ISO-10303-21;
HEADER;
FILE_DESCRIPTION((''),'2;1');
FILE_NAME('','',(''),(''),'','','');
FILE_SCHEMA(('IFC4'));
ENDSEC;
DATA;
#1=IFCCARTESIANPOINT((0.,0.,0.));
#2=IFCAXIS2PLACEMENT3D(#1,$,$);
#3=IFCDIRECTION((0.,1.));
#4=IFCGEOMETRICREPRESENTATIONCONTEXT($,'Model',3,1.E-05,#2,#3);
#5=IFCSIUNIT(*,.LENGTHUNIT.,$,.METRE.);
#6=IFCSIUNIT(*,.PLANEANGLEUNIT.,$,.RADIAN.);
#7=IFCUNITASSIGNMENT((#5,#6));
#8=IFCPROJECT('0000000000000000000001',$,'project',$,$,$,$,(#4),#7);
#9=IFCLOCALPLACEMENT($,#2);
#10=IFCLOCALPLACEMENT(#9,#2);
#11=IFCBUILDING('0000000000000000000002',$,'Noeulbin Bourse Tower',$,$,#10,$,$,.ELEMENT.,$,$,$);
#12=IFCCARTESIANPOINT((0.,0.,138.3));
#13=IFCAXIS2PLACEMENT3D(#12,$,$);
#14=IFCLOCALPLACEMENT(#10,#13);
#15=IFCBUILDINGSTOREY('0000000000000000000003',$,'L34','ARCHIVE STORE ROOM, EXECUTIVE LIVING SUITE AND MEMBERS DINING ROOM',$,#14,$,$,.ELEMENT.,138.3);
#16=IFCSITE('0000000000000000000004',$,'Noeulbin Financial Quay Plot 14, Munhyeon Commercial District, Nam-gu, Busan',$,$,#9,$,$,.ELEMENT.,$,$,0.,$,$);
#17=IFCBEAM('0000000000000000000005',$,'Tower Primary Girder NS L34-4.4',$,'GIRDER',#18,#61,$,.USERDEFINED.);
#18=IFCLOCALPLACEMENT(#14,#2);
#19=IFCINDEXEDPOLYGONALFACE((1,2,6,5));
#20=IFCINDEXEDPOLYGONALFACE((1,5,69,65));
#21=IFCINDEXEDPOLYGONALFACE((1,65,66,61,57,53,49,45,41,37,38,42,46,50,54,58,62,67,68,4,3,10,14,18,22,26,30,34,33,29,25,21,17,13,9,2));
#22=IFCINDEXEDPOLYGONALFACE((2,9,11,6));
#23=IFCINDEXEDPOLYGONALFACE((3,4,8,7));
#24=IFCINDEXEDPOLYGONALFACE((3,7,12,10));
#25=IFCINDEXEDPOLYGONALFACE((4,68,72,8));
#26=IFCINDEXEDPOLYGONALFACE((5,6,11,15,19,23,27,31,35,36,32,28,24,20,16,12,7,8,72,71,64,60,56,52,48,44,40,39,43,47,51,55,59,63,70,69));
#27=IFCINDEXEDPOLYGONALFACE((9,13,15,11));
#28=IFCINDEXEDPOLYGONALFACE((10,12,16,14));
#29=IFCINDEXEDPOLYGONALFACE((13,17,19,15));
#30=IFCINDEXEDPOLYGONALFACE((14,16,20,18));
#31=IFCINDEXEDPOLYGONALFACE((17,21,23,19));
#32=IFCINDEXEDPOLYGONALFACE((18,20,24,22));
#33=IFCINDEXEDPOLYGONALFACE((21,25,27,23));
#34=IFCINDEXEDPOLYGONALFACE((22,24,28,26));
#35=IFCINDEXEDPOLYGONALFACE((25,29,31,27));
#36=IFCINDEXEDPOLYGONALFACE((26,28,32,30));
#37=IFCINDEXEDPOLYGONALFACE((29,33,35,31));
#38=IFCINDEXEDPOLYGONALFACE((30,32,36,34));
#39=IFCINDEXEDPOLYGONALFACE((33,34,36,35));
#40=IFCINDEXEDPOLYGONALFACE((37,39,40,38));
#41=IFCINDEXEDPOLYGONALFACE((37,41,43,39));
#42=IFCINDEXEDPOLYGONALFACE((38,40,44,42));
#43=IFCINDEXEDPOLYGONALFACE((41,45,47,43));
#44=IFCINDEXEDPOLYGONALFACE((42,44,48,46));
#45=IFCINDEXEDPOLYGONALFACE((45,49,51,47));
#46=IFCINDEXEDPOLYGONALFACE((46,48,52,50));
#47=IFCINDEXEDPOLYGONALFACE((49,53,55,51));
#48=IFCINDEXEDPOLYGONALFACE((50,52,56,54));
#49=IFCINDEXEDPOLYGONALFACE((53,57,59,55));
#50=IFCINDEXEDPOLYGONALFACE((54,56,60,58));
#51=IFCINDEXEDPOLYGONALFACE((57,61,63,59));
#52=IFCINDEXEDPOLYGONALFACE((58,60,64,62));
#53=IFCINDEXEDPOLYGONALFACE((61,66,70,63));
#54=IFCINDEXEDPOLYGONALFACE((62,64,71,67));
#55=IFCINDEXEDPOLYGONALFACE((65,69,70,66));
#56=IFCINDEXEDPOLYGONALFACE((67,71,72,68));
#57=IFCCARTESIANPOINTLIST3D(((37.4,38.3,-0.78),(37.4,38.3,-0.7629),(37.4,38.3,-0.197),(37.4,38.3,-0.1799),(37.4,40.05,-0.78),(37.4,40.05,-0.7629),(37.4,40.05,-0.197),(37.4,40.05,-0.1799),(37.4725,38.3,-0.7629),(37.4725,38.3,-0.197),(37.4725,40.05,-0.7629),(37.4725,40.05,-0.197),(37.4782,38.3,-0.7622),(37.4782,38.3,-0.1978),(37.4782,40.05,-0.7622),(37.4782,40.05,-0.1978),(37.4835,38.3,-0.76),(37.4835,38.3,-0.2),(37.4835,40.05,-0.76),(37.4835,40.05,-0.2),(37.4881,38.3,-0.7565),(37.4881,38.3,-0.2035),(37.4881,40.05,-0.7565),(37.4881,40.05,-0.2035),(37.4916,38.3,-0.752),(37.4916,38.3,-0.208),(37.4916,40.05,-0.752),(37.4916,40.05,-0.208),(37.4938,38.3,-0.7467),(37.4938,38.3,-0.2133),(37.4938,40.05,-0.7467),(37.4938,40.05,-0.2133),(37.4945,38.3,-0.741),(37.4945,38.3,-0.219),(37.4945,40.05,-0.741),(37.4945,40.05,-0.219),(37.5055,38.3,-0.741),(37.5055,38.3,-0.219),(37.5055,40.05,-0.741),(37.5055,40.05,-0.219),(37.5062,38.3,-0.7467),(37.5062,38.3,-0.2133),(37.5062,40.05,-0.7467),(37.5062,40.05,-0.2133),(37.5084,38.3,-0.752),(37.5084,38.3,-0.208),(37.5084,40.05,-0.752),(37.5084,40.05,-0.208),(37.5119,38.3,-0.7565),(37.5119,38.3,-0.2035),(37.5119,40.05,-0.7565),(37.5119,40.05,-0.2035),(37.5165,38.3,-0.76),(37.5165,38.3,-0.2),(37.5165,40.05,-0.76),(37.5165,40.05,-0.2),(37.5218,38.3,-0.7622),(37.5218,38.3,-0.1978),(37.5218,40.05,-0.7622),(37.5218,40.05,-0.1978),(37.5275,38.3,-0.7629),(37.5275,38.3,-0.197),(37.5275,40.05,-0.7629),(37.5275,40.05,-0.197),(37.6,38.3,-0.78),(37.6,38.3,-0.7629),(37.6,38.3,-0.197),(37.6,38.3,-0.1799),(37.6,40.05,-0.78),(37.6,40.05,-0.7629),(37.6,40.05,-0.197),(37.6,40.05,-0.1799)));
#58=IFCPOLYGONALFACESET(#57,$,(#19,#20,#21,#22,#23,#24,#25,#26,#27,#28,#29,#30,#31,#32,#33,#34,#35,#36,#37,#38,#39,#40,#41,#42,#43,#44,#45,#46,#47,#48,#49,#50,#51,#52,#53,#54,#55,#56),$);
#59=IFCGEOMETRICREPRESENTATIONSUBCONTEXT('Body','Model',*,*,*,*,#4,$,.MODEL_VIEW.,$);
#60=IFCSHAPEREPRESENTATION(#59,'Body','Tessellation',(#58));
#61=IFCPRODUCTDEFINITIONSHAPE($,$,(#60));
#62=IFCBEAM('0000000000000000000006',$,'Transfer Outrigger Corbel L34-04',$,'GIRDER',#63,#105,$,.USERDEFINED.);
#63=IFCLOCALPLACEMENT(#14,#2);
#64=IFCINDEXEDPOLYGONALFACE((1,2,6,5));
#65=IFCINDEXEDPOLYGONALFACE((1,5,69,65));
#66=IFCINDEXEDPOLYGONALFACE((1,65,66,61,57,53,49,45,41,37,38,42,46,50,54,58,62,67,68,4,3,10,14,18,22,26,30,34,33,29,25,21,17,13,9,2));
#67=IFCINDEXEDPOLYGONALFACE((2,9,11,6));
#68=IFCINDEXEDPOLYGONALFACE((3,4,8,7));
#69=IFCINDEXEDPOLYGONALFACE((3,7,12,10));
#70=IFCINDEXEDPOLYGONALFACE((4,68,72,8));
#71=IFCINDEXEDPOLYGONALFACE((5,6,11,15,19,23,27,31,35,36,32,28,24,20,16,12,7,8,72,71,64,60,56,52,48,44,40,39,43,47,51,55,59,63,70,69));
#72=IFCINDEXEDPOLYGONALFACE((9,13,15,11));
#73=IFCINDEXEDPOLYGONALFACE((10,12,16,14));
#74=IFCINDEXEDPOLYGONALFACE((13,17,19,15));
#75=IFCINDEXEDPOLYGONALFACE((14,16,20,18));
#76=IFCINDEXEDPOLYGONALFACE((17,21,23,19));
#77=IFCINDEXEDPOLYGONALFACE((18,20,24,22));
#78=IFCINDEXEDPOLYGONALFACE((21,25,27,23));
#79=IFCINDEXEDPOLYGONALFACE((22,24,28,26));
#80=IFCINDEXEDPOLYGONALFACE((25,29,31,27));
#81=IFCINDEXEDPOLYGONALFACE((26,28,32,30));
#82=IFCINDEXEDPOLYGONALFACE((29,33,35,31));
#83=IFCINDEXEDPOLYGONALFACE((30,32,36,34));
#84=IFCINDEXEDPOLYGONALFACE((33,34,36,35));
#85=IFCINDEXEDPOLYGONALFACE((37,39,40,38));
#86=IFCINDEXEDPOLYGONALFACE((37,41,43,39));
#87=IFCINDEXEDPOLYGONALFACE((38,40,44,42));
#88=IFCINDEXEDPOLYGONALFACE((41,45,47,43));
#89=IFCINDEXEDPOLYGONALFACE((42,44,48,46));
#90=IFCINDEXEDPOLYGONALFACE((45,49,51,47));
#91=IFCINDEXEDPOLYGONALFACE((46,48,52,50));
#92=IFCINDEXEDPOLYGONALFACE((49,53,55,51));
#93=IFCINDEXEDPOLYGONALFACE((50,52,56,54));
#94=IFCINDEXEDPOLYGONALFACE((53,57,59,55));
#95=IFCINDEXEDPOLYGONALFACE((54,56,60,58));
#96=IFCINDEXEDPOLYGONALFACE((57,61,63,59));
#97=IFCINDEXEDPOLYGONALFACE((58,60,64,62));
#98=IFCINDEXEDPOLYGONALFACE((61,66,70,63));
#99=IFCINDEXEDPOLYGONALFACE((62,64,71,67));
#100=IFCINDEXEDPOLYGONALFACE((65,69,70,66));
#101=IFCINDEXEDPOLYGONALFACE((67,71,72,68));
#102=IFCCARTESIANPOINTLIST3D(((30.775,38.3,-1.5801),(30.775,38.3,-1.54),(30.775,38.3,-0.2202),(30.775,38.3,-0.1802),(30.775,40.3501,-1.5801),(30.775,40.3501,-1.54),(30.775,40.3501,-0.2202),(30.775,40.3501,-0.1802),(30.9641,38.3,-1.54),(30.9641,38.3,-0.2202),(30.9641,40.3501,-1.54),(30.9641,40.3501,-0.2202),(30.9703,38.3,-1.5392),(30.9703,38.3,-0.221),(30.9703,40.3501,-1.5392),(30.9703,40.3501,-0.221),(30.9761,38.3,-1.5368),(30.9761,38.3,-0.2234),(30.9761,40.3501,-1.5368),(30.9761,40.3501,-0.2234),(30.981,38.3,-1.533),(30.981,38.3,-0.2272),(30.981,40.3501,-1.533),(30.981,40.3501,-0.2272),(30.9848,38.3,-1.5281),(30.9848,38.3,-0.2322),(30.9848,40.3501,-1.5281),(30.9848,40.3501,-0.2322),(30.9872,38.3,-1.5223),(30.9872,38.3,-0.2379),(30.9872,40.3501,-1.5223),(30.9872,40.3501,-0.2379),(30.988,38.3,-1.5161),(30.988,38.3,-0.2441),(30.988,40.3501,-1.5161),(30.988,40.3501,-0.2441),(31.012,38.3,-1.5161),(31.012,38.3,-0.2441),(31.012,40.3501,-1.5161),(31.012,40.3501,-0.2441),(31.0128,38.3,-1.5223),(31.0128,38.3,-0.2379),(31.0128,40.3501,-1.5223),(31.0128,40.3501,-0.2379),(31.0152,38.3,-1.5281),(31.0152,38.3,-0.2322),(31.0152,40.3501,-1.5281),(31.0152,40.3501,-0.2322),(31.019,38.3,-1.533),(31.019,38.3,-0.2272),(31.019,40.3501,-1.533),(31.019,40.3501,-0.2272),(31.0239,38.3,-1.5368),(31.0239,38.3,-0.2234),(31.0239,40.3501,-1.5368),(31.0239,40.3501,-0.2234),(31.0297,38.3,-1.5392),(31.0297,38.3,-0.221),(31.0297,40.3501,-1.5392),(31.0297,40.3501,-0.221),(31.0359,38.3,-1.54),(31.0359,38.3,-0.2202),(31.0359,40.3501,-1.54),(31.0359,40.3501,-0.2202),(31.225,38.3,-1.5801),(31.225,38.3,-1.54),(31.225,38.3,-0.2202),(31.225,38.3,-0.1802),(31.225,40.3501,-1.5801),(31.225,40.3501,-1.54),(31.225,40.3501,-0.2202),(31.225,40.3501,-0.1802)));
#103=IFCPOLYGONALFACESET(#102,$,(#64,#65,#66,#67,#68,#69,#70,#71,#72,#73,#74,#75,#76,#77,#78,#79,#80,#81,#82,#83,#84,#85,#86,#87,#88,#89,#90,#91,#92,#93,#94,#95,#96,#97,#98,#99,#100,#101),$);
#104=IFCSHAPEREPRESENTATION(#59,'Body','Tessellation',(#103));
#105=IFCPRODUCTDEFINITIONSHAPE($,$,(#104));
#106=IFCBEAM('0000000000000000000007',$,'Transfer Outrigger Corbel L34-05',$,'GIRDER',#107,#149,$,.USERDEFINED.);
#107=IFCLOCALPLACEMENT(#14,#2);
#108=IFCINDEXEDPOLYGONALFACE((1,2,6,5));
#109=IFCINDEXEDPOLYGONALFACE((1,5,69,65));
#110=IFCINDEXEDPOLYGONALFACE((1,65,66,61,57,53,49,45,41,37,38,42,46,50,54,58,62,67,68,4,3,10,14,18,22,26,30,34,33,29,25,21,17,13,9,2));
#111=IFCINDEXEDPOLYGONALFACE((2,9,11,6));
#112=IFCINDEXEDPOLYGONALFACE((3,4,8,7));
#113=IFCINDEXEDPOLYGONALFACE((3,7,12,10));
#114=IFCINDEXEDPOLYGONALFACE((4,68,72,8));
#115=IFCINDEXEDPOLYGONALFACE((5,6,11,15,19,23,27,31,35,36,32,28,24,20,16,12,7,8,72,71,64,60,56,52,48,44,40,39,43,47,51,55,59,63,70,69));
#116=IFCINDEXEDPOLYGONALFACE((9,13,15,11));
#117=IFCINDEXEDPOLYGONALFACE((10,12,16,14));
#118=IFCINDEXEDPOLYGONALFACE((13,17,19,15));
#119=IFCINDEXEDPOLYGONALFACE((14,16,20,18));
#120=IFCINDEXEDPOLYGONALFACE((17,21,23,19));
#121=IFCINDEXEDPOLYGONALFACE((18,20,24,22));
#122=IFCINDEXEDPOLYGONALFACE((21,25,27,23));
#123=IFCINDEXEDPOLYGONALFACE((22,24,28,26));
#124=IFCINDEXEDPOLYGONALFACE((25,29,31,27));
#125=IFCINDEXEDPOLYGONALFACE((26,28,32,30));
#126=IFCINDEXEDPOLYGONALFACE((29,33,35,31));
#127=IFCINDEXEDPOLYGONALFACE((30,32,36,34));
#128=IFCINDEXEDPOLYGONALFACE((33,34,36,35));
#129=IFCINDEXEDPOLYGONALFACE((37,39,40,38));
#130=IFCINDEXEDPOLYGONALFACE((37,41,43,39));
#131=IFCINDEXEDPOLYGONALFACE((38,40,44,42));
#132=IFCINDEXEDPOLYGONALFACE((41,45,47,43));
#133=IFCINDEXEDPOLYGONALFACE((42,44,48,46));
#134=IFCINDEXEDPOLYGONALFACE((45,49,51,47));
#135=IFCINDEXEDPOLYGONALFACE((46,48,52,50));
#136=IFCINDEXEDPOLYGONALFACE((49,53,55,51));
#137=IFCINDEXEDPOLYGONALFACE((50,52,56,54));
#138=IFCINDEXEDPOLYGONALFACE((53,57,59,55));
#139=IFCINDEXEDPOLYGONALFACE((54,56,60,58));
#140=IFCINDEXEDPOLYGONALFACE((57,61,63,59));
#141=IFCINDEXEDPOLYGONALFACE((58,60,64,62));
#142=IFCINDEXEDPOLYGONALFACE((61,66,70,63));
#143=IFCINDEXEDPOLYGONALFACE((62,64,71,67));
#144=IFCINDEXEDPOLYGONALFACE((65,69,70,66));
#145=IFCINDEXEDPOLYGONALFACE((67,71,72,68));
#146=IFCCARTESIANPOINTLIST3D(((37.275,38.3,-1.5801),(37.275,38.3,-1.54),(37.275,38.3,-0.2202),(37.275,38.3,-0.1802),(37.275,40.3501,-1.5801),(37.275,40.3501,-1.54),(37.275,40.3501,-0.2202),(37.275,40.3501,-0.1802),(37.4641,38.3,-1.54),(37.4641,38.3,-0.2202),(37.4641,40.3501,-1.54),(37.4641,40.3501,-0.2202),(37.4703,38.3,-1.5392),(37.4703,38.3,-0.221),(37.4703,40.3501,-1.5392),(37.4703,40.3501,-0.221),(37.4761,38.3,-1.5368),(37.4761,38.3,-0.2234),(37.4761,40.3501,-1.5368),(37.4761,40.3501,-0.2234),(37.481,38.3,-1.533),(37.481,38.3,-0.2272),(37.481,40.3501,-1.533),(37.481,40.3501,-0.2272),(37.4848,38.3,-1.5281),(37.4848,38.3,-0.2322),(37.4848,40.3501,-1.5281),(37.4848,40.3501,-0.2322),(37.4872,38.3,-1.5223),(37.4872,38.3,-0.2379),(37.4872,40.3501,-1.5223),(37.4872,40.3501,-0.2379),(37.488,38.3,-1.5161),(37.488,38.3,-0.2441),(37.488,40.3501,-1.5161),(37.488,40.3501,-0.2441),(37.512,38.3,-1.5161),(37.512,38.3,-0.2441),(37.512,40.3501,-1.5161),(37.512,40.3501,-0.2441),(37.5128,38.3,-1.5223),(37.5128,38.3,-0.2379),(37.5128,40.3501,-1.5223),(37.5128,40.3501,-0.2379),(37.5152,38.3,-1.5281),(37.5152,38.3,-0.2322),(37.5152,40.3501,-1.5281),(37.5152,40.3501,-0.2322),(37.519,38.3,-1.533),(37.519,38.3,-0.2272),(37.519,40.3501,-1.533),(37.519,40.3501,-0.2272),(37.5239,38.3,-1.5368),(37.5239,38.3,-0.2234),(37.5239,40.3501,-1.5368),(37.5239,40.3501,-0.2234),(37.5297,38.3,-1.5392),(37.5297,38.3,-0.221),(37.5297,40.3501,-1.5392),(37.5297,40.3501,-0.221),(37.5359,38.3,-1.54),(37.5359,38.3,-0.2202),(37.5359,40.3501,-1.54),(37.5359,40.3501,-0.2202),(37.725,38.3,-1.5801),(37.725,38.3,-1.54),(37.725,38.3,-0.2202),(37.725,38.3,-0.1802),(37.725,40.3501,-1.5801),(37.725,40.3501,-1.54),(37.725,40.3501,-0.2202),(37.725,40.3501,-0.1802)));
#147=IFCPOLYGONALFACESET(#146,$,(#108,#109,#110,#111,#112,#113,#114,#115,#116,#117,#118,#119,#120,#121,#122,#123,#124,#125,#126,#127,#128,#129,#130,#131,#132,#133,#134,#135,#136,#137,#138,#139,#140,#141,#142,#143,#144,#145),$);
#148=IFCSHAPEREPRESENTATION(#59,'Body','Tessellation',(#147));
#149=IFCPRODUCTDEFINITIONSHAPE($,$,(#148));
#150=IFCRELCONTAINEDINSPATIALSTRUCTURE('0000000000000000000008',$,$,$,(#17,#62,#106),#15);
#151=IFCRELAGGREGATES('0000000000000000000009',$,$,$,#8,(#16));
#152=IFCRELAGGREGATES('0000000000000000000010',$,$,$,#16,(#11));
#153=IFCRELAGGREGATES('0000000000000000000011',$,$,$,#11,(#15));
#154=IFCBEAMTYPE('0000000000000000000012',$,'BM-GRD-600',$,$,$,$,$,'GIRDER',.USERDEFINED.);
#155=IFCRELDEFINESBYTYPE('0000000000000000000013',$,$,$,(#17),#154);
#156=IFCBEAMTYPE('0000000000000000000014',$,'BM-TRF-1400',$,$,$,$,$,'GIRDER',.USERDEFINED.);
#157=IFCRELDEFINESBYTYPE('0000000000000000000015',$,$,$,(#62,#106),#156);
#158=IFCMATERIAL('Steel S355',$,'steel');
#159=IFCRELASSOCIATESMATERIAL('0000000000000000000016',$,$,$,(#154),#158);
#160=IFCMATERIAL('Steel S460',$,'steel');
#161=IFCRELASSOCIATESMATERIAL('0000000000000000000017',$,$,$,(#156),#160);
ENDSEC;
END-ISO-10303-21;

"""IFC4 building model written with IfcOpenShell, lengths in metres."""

from ifc_helpers import new_model, si_unit, direction, frame, origin, origin_2d, place, context, subcontext, project, spatial, i_section, extrude, material, material_profile, profile_set, type_object, element, save


model = new_model("IFC4")

# Units and contexts
model_context = context("Model", 3, precision=1e-05, world=origin(), true_north=direction((0.0, 1.0)))
body_context = subcontext(model_context, "Body", "Model", "MODEL_VIEW")
ifc_project = project(units=[si_unit("LENGTHUNIT", "METRE"), si_unit("PLANEANGLEUNIT", "RADIAN")], contexts=[model_context])

# Site, building, storey
site_placement = place(None, origin())
site = spatial("IfcSite", under=ifc_project, at=site_placement, Name="Noeulbin Financial Quay Plot 14, Munhyeon Commercial District, Nam-gu, Busan", CompositionType="ELEMENT", RefElevation=0.0)
building_placement = place(site_placement, origin())
building = spatial("IfcBuilding", under=site, at=building_placement, Name="Noeulbin Bourse Tower", CompositionType="ELEMENT")
storey_placement = place(building_placement, frame((0.0, 0.0, 138.3)))
storey = spatial("IfcBuildingStorey", under=building, at=storey_placement, Name="L34", Description="ARCHIVE STORE ROOM, EXECUTIVE LIVING SUITE AND MEMBERS DINING ROOM", CompositionType="ELEMENT", Elevation=138.3)

# Shared definitions
ifc_material_1 = material(Name="Steel S355", Category="steel")
ifc_material_2 = material(Name="Steel S460", Category="steel")

# Beams
ifc_material_profile_1 = material_profile(ifc_material_1, i_section(OverallWidth=0.2, OverallDepth=0.6001, WebThickness=0.011, FlangeThickness=0.0171, FilletRadius=0.022, at=origin_2d()), Name="H-600x200x11x17", Category="LoadBearing")
ifc_profile_set_1 = profile_set([ifc_material_profile_1], Name="Steel S355")
beam_type_1 = type_object("IfcBeamType", Name="BM-GRD-600", ElementType="GIRDER", PredefinedType="USERDEFINED", material=ifc_profile_set_1)
for number, where, z_axis, x_axis, name in (
    (1, (37.5, 38.3, -0.48), (0.0, 1.0, 0.0), (-1.0, 0.0, 0.0), "Tower Primary Girder NS L34-4.4"),
):
    element("IfcBeam", number, at=place(storey_placement, frame(where, z_axis=z_axis, x_axis=x_axis)), inside=storey, type_object=beam_type_1, Name=name, ObjectType="GIRDER", PredefinedType="USERDEFINED", context=body_context, shape_type="SweptSolid", body=[
        extrude(i_section(OverallWidth=0.2, OverallDepth=0.6001, WebThickness=0.011, FlangeThickness=0.0171, FilletRadius=0.022, at=origin_2d()), origin(), (0.0, 0.0, 1.0), 1.75),
    ])
ifc_material_profile_2 = material_profile(ifc_material_2, i_section(OverallWidth=0.45, OverallDepth=1.3999, WebThickness=0.0239, FlangeThickness=0.04, FilletRadius=0.0239, at=origin_2d()), Name="PG-1400x450x24x40", Category="LoadBearing")
ifc_profile_set_2 = profile_set([ifc_material_profile_2], Name="Steel S460")
beam_type_2 = type_object("IfcBeamType", Name="BM-TRF-1400", ElementType="GIRDER", PredefinedType="USERDEFINED", material=ifc_profile_set_2)
for number, where, z_axis, x_axis, name in (
    (2, (31.0, 38.3, -0.8801), (0.0, 1.0, 0.0), (-1.0, 0.0, 0.0), "Transfer Outrigger Corbel L34-04"),
    (3, (37.5, 38.3, -0.8801), (0.0, 1.0, 0.0), (-1.0, 0.0, 0.0), "Transfer Outrigger Corbel L34-05"),
):
    element("IfcBeam", number, at=place(storey_placement, frame(where, z_axis=z_axis, x_axis=x_axis)), inside=storey, type_object=beam_type_2, Name=name, ObjectType="GIRDER", PredefinedType="USERDEFINED", context=body_context, shape_type="SweptSolid", body=[
        extrude(i_section(OverallWidth=0.45, OverallDepth=1.3999, WebThickness=0.0239, FlangeThickness=0.04, FilletRadius=0.0239, at=origin_2d()), origin(), (0.0, 0.0, 1.0), 2.05),
    ])

save(model, "model.ifc")
